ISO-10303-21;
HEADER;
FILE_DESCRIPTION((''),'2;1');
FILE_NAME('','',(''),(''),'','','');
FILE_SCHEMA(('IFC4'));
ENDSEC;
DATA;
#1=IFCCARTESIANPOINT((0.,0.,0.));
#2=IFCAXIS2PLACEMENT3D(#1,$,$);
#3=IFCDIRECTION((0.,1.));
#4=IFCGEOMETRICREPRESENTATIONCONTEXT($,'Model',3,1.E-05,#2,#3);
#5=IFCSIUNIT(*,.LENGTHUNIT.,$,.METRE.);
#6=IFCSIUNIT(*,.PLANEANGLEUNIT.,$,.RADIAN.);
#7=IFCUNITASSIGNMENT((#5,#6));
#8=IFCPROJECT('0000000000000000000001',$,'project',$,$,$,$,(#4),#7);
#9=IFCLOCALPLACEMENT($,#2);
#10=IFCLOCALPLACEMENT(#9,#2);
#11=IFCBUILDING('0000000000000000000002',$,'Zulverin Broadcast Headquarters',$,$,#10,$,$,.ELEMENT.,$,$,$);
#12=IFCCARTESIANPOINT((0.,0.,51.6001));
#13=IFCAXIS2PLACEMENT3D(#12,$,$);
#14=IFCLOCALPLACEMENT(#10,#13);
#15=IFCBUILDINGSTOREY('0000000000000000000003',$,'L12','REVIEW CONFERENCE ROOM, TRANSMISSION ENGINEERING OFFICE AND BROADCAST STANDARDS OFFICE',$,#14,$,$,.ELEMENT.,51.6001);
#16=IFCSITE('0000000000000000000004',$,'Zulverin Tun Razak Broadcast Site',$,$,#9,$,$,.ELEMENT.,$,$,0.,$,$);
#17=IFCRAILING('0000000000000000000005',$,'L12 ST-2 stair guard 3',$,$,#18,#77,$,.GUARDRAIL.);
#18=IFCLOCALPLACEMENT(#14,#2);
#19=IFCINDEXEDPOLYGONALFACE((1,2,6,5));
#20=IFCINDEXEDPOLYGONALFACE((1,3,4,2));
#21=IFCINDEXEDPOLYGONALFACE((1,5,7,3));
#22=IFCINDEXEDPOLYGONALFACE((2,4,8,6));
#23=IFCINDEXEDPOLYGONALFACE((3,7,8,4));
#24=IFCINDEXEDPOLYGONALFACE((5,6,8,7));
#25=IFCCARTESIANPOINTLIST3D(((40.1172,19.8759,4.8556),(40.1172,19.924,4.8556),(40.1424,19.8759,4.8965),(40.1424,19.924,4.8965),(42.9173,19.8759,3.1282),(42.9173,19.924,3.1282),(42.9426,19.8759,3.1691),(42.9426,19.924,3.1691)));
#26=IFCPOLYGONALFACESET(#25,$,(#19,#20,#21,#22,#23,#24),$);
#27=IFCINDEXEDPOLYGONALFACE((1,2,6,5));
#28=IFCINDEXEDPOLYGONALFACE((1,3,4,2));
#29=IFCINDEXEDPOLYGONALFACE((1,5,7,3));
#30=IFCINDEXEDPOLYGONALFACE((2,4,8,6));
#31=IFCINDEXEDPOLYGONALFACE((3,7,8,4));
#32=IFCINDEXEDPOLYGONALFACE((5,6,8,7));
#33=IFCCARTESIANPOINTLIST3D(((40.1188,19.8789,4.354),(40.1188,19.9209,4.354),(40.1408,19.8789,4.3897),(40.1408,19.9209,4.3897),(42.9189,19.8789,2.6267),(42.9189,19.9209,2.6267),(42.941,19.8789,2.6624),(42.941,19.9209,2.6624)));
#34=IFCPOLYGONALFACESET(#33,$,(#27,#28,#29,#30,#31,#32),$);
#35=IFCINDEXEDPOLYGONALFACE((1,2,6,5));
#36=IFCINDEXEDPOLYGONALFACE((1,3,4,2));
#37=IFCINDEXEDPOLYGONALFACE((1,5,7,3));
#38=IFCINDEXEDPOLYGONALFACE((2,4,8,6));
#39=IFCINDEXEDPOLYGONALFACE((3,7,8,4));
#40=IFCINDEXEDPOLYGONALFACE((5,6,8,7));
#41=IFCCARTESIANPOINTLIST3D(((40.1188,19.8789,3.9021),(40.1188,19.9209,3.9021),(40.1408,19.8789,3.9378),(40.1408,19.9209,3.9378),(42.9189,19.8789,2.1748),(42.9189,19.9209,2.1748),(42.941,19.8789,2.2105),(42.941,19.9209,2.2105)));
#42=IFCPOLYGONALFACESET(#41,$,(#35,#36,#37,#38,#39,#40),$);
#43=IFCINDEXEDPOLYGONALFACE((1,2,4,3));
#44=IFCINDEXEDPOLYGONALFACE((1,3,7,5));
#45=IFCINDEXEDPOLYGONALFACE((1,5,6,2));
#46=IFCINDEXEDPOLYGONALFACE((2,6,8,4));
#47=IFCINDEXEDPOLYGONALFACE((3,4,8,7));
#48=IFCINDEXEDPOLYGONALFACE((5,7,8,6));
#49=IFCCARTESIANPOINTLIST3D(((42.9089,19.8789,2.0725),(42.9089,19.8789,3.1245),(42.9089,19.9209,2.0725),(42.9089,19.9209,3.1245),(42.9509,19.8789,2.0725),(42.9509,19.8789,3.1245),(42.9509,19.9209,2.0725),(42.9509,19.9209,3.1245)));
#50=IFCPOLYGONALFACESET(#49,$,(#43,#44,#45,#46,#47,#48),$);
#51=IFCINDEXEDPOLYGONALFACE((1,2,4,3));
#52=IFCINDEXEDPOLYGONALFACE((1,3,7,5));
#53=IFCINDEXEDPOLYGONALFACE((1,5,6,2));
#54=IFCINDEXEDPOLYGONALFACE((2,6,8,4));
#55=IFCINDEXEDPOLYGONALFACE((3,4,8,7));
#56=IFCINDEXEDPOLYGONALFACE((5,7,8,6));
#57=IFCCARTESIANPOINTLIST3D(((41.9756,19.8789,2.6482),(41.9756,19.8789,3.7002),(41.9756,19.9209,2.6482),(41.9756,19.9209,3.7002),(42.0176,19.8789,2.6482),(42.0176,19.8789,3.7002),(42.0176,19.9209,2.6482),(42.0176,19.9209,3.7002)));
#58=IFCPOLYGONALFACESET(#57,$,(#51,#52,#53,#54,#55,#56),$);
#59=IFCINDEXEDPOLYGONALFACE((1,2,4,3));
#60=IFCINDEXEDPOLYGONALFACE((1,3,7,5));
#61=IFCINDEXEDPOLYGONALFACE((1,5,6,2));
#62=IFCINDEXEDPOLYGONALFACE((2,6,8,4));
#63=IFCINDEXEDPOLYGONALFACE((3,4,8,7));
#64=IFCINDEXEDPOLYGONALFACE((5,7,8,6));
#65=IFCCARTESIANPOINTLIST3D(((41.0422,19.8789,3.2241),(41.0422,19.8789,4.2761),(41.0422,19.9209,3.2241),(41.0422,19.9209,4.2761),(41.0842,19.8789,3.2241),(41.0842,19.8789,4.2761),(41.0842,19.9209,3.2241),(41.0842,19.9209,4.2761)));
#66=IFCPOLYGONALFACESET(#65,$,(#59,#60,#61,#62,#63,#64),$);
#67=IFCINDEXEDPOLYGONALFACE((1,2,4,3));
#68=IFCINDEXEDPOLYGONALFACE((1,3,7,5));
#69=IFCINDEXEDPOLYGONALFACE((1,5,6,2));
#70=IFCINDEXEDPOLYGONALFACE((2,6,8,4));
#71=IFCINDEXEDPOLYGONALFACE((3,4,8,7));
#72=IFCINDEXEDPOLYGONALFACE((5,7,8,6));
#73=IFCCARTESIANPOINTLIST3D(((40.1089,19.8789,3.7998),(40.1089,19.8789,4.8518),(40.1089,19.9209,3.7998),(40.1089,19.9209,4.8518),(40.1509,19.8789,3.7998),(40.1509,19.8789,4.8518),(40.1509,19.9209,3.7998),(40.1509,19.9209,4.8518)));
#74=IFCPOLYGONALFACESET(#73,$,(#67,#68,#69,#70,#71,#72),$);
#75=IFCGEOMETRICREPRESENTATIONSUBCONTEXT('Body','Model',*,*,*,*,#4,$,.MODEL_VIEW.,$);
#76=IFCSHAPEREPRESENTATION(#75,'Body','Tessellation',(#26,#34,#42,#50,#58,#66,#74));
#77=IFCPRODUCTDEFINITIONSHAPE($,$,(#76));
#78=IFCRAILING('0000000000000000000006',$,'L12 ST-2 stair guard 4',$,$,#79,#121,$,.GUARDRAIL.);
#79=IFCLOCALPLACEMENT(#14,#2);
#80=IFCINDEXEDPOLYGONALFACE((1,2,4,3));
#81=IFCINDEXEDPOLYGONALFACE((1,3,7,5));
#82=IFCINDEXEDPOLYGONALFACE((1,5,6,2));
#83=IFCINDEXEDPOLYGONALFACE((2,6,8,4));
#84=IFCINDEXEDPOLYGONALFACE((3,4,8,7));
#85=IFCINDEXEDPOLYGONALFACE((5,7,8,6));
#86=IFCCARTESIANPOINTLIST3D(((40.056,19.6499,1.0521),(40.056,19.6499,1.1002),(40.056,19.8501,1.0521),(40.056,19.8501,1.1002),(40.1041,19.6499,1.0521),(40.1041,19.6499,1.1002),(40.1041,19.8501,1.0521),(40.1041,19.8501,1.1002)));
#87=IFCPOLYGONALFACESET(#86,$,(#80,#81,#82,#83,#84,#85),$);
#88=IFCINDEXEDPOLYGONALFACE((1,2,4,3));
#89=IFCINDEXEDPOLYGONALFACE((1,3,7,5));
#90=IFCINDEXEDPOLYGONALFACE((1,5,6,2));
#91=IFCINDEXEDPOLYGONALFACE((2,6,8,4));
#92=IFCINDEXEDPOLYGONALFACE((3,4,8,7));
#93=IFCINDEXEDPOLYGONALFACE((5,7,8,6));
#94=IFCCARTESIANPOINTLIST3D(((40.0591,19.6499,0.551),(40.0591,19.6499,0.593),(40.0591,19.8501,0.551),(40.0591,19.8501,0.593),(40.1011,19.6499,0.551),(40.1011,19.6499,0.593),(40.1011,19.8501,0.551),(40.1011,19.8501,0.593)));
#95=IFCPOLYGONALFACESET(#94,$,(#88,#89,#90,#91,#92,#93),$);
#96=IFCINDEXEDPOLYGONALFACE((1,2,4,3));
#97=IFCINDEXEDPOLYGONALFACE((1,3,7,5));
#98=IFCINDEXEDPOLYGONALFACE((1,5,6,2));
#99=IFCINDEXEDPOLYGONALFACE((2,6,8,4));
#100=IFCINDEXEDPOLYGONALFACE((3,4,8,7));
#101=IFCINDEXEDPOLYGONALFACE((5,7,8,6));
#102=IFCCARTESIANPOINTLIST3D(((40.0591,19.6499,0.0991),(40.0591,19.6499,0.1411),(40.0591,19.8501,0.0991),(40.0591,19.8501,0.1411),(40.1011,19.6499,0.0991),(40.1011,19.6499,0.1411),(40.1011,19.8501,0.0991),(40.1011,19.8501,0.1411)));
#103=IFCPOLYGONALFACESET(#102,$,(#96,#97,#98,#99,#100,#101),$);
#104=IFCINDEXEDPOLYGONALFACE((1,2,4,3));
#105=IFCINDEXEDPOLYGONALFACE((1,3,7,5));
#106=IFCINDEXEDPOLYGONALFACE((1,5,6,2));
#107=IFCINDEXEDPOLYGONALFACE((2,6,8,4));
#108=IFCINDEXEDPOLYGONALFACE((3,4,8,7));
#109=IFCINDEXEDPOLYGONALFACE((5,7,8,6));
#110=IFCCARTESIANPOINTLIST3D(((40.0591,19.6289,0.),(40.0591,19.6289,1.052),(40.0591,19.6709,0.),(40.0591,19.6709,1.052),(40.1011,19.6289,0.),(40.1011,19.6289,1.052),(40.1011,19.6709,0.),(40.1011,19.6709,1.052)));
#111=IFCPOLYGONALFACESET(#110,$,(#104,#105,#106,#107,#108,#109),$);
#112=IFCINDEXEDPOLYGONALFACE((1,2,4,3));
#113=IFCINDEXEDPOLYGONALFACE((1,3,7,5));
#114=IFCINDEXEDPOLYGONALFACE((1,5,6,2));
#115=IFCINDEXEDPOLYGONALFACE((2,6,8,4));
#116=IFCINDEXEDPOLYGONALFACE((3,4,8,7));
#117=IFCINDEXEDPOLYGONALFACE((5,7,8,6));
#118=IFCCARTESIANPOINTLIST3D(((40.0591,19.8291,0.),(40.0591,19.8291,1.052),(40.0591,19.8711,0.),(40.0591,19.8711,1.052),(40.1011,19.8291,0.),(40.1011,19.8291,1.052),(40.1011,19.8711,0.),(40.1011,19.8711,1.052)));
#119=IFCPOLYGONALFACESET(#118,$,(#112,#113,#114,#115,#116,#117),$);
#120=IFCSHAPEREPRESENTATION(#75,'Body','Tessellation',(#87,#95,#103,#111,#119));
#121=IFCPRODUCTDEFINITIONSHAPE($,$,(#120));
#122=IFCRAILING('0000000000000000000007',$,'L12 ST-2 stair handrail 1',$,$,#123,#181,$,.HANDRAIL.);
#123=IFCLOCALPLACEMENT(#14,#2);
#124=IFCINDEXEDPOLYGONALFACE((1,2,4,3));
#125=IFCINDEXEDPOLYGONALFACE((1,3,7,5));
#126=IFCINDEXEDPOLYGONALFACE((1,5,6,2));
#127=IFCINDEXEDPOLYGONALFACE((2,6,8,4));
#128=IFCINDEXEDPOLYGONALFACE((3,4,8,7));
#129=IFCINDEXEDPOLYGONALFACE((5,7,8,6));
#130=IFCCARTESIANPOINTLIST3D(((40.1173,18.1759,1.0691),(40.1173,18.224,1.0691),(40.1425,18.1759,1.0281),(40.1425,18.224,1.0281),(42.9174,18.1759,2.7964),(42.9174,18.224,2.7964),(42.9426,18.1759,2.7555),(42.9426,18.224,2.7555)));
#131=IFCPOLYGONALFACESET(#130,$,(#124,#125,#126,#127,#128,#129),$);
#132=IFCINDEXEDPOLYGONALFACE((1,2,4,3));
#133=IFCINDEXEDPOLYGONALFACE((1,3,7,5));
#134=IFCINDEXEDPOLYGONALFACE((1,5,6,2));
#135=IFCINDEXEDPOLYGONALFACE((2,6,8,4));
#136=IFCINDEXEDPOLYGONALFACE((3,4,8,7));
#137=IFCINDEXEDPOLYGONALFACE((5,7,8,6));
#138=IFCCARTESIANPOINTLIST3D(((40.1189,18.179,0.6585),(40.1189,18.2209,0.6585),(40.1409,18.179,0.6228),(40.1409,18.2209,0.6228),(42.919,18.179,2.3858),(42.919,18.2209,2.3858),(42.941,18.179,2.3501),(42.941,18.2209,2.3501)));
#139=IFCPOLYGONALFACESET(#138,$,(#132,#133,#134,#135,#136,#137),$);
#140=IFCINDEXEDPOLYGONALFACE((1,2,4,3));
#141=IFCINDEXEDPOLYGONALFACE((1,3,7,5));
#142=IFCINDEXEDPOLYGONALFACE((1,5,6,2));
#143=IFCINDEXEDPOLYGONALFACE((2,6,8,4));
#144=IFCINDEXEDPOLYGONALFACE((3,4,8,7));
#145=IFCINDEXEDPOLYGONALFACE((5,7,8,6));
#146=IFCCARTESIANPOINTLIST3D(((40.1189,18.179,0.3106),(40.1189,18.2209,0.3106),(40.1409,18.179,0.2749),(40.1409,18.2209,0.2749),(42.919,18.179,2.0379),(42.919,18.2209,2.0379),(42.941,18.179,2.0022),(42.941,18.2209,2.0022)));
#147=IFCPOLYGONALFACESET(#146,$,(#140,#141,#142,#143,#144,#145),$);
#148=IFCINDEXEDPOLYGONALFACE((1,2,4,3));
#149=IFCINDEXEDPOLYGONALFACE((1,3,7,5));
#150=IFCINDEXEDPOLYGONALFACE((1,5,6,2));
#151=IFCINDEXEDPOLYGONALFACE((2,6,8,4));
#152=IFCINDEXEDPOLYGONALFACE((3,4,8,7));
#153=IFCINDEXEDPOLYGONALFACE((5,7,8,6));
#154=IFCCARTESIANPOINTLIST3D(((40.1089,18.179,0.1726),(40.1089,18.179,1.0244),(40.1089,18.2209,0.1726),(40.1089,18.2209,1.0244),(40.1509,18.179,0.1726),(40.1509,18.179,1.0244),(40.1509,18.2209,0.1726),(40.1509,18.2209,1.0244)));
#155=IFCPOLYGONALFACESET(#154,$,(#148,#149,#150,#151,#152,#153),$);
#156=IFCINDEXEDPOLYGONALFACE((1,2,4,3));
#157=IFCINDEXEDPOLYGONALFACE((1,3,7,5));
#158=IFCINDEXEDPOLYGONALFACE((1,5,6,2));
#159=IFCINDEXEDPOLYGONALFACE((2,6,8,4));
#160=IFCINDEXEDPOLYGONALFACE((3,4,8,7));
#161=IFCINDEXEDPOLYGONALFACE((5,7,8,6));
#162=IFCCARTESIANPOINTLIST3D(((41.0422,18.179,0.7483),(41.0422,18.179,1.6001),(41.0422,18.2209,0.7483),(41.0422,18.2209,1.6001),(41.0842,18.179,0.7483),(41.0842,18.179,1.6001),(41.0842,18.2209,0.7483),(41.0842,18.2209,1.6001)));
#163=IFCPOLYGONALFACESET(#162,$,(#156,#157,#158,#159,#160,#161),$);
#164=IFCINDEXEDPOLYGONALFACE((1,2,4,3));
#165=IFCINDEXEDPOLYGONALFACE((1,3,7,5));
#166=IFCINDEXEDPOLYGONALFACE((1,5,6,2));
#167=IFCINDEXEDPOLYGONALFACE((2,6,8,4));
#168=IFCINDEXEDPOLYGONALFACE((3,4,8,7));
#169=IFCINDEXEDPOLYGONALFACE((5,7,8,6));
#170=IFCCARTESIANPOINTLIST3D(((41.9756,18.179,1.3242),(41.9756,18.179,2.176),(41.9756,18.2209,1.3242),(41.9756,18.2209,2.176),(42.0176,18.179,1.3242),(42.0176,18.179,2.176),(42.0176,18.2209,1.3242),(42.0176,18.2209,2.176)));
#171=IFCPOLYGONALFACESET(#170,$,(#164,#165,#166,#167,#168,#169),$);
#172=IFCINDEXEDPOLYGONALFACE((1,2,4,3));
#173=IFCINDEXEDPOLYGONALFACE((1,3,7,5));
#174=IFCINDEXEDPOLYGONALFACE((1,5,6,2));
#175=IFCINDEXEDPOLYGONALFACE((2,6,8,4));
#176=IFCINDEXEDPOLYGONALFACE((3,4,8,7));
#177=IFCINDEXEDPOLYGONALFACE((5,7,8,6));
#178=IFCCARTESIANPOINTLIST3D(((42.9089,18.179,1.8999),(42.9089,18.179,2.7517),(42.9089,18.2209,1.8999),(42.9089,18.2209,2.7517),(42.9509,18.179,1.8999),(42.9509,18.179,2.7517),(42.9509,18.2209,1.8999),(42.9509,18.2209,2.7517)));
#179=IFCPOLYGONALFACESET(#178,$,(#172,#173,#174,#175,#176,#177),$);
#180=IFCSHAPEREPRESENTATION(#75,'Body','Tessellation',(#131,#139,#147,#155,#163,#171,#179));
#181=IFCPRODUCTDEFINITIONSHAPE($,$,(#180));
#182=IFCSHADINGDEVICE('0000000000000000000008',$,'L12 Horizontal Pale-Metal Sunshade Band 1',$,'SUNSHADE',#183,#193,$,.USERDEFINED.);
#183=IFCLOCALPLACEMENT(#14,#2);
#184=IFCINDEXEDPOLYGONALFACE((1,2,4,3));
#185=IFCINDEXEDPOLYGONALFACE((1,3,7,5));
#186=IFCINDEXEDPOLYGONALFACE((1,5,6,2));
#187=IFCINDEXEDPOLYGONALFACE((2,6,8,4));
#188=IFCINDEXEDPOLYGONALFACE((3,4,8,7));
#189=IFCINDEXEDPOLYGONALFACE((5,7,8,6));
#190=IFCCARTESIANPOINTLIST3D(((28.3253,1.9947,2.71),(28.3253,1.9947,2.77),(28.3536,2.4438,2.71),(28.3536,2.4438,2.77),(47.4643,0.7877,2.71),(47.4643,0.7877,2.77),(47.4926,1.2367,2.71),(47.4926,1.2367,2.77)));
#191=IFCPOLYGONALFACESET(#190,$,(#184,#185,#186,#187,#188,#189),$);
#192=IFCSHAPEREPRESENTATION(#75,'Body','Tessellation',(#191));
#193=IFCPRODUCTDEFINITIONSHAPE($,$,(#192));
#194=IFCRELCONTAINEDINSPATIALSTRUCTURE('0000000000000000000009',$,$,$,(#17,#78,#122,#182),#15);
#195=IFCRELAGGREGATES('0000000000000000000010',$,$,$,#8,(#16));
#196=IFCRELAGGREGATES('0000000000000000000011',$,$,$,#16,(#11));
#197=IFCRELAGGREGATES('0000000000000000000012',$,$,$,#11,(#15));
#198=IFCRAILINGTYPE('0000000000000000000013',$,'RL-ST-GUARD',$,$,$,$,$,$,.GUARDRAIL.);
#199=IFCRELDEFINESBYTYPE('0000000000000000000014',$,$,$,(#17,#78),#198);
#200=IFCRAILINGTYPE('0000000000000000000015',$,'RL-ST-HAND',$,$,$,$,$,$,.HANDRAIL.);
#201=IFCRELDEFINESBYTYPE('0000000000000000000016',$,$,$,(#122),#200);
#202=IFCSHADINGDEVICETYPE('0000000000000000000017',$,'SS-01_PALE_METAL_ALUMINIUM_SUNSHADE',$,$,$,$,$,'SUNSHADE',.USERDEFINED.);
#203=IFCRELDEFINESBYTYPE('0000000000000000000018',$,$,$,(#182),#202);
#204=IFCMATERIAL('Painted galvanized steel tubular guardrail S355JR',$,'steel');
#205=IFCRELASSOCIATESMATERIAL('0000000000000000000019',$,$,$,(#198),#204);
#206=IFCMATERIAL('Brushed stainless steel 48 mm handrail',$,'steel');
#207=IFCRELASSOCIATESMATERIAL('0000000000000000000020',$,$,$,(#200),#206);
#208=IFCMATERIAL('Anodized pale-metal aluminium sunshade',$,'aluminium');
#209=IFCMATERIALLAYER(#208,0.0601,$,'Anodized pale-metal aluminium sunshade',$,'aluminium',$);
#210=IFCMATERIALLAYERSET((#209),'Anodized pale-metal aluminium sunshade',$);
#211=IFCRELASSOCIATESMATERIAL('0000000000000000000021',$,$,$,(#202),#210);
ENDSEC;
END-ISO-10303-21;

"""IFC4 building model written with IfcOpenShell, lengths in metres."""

from ifc_helpers import new_model, si_unit, direction, frame, origin, origin_2d, place, context, subcontext, project, spatial, rectangle, extrude, material, layer, layer_set, type_object, element, save


model = new_model("IFC4")

# Units and contexts
model_context = context("Model", 3, precision=1e-05, world=origin(), true_north=direction((0.0, 1.0)))
body_context = subcontext(model_context, "Body", "Model", "MODEL_VIEW")
ifc_project = project(units=[si_unit("LENGTHUNIT", "METRE"), si_unit("PLANEANGLEUNIT", "RADIAN")], contexts=[model_context])

# Site, building, storey
site_placement = place(None, origin())
site = spatial("IfcSite", under=ifc_project, at=site_placement, Name="Zulverin Tun Razak Broadcast Site", CompositionType="ELEMENT", RefElevation=0.0)
building_placement = place(site_placement, origin())
building = spatial("IfcBuilding", under=site, at=building_placement, Name="Zulverin Broadcast Headquarters", CompositionType="ELEMENT")
storey_placement = place(building_placement, frame((0.0, 0.0, 51.6001)))
storey = spatial("IfcBuildingStorey", under=building, at=storey_placement, Name="L12", Description="REVIEW CONFERENCE ROOM, TRANSMISSION ENGINEERING OFFICE AND BROADCAST STANDARDS OFFICE", CompositionType="ELEMENT", Elevation=51.6001)

# Railings
ifc_material_1 = material(Name="Painted galvanized steel tubular guardrail S355JR", Category="steel")
railing_type_1 = type_object("IfcRailingType", Name="RL-ST-GUARD", PredefinedType="GUARDRAIL", material=ifc_material_1)
railing_1_placement = place(storey_placement, frame((42.9299, 19.8999, 2.0725)))
element("IfcRailing", 1, at=railing_1_placement, inside=storey, type_object=railing_type_1, Name="L12 ST-2 stair guard 3", PredefinedType="GUARDRAIL", context=body_context, shape_type="SweptSolid", body=[
    extrude(rectangle(XDim=0.0481, YDim=0.0481, at=origin_2d()), frame((0.0, 0.0, 1.0762), z_axis=(-0.85109, 0.0, 0.52502), x_axis=(0.0, -1.0, 0.0)), (0.0, 0.0, 1.0), 3.29),
    extrude(rectangle(XDim=0.042, YDim=0.042, at=origin_2d()), frame((0.0, 0.0, 0.572), z_axis=(-0.85109, 0.0, 0.52502), x_axis=(0.0, -1.0, 0.0)), (0.0, 0.0, 1.0), 3.29),
    extrude(rectangle(XDim=0.042, YDim=0.042, at=origin_2d()), frame((0.0, 0.0, 0.1201), z_axis=(-0.85109, 0.0, 0.52502), x_axis=(0.0, -1.0, 0.0)), (0.0, 0.0, 1.0), 3.29),
    extrude(rectangle(XDim=0.042, YDim=0.042, at=origin_2d()), origin(), (0.0, 0.0, 1.0), 1.052),
    extrude(rectangle(XDim=0.042, YDim=0.042, at=origin_2d()), frame((-0.9333, 0.0, 0.5757)), (0.0, 0.0, 1.0), 1.052),
    extrude(rectangle(XDim=0.042, YDim=0.042, at=origin_2d()), frame((-1.8667, 0.0, 1.1516)), (0.0, 0.0, 1.0), 1.052),
    extrude(rectangle(XDim=0.042, YDim=0.042, at=origin_2d()), frame((-2.8, 0.0, 1.7273)), (0.0, 0.0, 1.0), 1.052),
])
railing_2_placement = place(storey_placement, frame((40.0801, 19.6499, 0.0)))
element("IfcRailing", 2, at=railing_2_placement, inside=storey, type_object=railing_type_1, Name="L12 ST-2 stair guard 4", PredefinedType="GUARDRAIL", context=body_context, shape_type="SweptSolid", body=[
    extrude(rectangle(XDim=0.0481, YDim=0.0481, at=origin_2d()), frame((0.0, 0.0, 1.0762), z_axis=(0.0, 1.0, 0.0), x_axis=(-1.0, 0.0, 0.0)), (0.0, 0.0, 1.0), 0.2002),
    extrude(rectangle(XDim=0.042, YDim=0.042, at=origin_2d()), frame((0.0, 0.0, 0.572), z_axis=(0.0, 1.0, 0.0), x_axis=(-1.0, 0.0, 0.0)), (0.0, 0.0, 1.0), 0.2002),
    extrude(rectangle(XDim=0.042, YDim=0.042, at=origin_2d()), frame((0.0, 0.0, 0.1201), z_axis=(0.0, 1.0, 0.0), x_axis=(-1.0, 0.0, 0.0)), (0.0, 0.0, 1.0), 0.2002),
    extrude(rectangle(XDim=0.042, YDim=0.042, at=origin_2d()), origin(), (0.0, 0.0, 1.0), 1.052),
    extrude(rectangle(XDim=0.042, YDim=0.042, at=origin_2d()), frame((0.0, 0.2002, 0.0)), (0.0, 0.0, 1.0), 1.052),
])
ifc_material_2 = material(Name="Brushed stainless steel 48 mm handrail", Category="steel")
railing_type_2 = type_object("IfcRailingType", Name="RL-ST-HAND", PredefinedType="HANDRAIL", material=ifc_material_2)
railing_3_placement = place(storey_placement, frame((40.1299, 18.2, 0.1726)))
element("IfcRailing", 3, at=railing_3_placement, inside=storey, type_object=railing_type_2, Name="L12 ST-2 stair handrail 1", PredefinedType="HANDRAIL", context=body_context, shape_type="SweptSolid", body=[
    extrude(rectangle(XDim=0.0481, YDim=0.0481, at=origin_2d()), frame((0.0, 0.0, 0.876), z_axis=(0.85109, 0.0, 0.52502), x_axis=(0.0, 1.0, 0.0)), (0.0, 0.0, 1.0), 3.29),
    extrude(rectangle(XDim=0.042, YDim=0.042, at=origin_2d()), frame((0.0, 0.0, 0.468), z_axis=(0.85109, 0.0, 0.52502), x_axis=(0.0, 1.0, 0.0)), (0.0, 0.0, 1.0), 3.29),
    extrude(rectangle(XDim=0.042, YDim=0.042, at=origin_2d()), frame((0.0, 0.0, 0.1201), z_axis=(0.85109, 0.0, 0.52502), x_axis=(0.0, 1.0, 0.0)), (0.0, 0.0, 1.0), 3.29),
    extrude(rectangle(XDim=0.042, YDim=0.042, at=origin_2d()), origin(), (0.0, 0.0, 1.0), 0.8518),
    extrude(rectangle(XDim=0.042, YDim=0.042, at=origin_2d()), frame((0.9333, 0.0, 0.5757)), (0.0, 0.0, 1.0), 0.8518),
    extrude(rectangle(XDim=0.042, YDim=0.042, at=origin_2d()), frame((1.8667, 0.0, 1.1516)), (0.0, 0.0, 1.0), 0.8518),
    extrude(rectangle(XDim=0.042, YDim=0.042, at=origin_2d()), frame((2.8, 0.0, 1.7273)), (0.0, 0.0, 1.0), 0.8518),
])

# Shading device
ifc_material_3 = material(Name="Anodized pale-metal aluminium sunshade", Category="aluminium")
ifc_layer_1 = layer(ifc_material_3, 0.0601, Name="Anodized pale-metal aluminium sunshade", Category="aluminium")
ifc_layer_set_1 = layer_set([ifc_layer_1], Name="Anodized pale-metal aluminium sunshade")
shading_device_type = type_object("IfcShadingDeviceType", Name="SS-01_PALE_METAL_ALUMINIUM_SUNSHADE", ElementType="SUNSHADE", PredefinedType="USERDEFINED", material=ifc_layer_set_1)
shading_device_placement = place(storey_placement, frame((37.9089, 1.6157, 2.71), z_axis=(0.0, 0.0, 1.0), x_axis=(0.998017, -0.062942, 0.0)))
element("IfcShadingDevice", 4, at=shading_device_placement, inside=storey, type_object=shading_device_type, Name="L12 Horizontal Pale-Metal Sunshade Band 1", ObjectType="SUNSHADE", PredefinedType="USERDEFINED", context=body_context, shape_type="SweptSolid", body=[
    extrude(rectangle(XDim=19.177, YDim=0.45, at=origin_2d()), origin(), (0.0, 0.0, 1.0), 0.0601),
])

save(model, "model.ifc")
